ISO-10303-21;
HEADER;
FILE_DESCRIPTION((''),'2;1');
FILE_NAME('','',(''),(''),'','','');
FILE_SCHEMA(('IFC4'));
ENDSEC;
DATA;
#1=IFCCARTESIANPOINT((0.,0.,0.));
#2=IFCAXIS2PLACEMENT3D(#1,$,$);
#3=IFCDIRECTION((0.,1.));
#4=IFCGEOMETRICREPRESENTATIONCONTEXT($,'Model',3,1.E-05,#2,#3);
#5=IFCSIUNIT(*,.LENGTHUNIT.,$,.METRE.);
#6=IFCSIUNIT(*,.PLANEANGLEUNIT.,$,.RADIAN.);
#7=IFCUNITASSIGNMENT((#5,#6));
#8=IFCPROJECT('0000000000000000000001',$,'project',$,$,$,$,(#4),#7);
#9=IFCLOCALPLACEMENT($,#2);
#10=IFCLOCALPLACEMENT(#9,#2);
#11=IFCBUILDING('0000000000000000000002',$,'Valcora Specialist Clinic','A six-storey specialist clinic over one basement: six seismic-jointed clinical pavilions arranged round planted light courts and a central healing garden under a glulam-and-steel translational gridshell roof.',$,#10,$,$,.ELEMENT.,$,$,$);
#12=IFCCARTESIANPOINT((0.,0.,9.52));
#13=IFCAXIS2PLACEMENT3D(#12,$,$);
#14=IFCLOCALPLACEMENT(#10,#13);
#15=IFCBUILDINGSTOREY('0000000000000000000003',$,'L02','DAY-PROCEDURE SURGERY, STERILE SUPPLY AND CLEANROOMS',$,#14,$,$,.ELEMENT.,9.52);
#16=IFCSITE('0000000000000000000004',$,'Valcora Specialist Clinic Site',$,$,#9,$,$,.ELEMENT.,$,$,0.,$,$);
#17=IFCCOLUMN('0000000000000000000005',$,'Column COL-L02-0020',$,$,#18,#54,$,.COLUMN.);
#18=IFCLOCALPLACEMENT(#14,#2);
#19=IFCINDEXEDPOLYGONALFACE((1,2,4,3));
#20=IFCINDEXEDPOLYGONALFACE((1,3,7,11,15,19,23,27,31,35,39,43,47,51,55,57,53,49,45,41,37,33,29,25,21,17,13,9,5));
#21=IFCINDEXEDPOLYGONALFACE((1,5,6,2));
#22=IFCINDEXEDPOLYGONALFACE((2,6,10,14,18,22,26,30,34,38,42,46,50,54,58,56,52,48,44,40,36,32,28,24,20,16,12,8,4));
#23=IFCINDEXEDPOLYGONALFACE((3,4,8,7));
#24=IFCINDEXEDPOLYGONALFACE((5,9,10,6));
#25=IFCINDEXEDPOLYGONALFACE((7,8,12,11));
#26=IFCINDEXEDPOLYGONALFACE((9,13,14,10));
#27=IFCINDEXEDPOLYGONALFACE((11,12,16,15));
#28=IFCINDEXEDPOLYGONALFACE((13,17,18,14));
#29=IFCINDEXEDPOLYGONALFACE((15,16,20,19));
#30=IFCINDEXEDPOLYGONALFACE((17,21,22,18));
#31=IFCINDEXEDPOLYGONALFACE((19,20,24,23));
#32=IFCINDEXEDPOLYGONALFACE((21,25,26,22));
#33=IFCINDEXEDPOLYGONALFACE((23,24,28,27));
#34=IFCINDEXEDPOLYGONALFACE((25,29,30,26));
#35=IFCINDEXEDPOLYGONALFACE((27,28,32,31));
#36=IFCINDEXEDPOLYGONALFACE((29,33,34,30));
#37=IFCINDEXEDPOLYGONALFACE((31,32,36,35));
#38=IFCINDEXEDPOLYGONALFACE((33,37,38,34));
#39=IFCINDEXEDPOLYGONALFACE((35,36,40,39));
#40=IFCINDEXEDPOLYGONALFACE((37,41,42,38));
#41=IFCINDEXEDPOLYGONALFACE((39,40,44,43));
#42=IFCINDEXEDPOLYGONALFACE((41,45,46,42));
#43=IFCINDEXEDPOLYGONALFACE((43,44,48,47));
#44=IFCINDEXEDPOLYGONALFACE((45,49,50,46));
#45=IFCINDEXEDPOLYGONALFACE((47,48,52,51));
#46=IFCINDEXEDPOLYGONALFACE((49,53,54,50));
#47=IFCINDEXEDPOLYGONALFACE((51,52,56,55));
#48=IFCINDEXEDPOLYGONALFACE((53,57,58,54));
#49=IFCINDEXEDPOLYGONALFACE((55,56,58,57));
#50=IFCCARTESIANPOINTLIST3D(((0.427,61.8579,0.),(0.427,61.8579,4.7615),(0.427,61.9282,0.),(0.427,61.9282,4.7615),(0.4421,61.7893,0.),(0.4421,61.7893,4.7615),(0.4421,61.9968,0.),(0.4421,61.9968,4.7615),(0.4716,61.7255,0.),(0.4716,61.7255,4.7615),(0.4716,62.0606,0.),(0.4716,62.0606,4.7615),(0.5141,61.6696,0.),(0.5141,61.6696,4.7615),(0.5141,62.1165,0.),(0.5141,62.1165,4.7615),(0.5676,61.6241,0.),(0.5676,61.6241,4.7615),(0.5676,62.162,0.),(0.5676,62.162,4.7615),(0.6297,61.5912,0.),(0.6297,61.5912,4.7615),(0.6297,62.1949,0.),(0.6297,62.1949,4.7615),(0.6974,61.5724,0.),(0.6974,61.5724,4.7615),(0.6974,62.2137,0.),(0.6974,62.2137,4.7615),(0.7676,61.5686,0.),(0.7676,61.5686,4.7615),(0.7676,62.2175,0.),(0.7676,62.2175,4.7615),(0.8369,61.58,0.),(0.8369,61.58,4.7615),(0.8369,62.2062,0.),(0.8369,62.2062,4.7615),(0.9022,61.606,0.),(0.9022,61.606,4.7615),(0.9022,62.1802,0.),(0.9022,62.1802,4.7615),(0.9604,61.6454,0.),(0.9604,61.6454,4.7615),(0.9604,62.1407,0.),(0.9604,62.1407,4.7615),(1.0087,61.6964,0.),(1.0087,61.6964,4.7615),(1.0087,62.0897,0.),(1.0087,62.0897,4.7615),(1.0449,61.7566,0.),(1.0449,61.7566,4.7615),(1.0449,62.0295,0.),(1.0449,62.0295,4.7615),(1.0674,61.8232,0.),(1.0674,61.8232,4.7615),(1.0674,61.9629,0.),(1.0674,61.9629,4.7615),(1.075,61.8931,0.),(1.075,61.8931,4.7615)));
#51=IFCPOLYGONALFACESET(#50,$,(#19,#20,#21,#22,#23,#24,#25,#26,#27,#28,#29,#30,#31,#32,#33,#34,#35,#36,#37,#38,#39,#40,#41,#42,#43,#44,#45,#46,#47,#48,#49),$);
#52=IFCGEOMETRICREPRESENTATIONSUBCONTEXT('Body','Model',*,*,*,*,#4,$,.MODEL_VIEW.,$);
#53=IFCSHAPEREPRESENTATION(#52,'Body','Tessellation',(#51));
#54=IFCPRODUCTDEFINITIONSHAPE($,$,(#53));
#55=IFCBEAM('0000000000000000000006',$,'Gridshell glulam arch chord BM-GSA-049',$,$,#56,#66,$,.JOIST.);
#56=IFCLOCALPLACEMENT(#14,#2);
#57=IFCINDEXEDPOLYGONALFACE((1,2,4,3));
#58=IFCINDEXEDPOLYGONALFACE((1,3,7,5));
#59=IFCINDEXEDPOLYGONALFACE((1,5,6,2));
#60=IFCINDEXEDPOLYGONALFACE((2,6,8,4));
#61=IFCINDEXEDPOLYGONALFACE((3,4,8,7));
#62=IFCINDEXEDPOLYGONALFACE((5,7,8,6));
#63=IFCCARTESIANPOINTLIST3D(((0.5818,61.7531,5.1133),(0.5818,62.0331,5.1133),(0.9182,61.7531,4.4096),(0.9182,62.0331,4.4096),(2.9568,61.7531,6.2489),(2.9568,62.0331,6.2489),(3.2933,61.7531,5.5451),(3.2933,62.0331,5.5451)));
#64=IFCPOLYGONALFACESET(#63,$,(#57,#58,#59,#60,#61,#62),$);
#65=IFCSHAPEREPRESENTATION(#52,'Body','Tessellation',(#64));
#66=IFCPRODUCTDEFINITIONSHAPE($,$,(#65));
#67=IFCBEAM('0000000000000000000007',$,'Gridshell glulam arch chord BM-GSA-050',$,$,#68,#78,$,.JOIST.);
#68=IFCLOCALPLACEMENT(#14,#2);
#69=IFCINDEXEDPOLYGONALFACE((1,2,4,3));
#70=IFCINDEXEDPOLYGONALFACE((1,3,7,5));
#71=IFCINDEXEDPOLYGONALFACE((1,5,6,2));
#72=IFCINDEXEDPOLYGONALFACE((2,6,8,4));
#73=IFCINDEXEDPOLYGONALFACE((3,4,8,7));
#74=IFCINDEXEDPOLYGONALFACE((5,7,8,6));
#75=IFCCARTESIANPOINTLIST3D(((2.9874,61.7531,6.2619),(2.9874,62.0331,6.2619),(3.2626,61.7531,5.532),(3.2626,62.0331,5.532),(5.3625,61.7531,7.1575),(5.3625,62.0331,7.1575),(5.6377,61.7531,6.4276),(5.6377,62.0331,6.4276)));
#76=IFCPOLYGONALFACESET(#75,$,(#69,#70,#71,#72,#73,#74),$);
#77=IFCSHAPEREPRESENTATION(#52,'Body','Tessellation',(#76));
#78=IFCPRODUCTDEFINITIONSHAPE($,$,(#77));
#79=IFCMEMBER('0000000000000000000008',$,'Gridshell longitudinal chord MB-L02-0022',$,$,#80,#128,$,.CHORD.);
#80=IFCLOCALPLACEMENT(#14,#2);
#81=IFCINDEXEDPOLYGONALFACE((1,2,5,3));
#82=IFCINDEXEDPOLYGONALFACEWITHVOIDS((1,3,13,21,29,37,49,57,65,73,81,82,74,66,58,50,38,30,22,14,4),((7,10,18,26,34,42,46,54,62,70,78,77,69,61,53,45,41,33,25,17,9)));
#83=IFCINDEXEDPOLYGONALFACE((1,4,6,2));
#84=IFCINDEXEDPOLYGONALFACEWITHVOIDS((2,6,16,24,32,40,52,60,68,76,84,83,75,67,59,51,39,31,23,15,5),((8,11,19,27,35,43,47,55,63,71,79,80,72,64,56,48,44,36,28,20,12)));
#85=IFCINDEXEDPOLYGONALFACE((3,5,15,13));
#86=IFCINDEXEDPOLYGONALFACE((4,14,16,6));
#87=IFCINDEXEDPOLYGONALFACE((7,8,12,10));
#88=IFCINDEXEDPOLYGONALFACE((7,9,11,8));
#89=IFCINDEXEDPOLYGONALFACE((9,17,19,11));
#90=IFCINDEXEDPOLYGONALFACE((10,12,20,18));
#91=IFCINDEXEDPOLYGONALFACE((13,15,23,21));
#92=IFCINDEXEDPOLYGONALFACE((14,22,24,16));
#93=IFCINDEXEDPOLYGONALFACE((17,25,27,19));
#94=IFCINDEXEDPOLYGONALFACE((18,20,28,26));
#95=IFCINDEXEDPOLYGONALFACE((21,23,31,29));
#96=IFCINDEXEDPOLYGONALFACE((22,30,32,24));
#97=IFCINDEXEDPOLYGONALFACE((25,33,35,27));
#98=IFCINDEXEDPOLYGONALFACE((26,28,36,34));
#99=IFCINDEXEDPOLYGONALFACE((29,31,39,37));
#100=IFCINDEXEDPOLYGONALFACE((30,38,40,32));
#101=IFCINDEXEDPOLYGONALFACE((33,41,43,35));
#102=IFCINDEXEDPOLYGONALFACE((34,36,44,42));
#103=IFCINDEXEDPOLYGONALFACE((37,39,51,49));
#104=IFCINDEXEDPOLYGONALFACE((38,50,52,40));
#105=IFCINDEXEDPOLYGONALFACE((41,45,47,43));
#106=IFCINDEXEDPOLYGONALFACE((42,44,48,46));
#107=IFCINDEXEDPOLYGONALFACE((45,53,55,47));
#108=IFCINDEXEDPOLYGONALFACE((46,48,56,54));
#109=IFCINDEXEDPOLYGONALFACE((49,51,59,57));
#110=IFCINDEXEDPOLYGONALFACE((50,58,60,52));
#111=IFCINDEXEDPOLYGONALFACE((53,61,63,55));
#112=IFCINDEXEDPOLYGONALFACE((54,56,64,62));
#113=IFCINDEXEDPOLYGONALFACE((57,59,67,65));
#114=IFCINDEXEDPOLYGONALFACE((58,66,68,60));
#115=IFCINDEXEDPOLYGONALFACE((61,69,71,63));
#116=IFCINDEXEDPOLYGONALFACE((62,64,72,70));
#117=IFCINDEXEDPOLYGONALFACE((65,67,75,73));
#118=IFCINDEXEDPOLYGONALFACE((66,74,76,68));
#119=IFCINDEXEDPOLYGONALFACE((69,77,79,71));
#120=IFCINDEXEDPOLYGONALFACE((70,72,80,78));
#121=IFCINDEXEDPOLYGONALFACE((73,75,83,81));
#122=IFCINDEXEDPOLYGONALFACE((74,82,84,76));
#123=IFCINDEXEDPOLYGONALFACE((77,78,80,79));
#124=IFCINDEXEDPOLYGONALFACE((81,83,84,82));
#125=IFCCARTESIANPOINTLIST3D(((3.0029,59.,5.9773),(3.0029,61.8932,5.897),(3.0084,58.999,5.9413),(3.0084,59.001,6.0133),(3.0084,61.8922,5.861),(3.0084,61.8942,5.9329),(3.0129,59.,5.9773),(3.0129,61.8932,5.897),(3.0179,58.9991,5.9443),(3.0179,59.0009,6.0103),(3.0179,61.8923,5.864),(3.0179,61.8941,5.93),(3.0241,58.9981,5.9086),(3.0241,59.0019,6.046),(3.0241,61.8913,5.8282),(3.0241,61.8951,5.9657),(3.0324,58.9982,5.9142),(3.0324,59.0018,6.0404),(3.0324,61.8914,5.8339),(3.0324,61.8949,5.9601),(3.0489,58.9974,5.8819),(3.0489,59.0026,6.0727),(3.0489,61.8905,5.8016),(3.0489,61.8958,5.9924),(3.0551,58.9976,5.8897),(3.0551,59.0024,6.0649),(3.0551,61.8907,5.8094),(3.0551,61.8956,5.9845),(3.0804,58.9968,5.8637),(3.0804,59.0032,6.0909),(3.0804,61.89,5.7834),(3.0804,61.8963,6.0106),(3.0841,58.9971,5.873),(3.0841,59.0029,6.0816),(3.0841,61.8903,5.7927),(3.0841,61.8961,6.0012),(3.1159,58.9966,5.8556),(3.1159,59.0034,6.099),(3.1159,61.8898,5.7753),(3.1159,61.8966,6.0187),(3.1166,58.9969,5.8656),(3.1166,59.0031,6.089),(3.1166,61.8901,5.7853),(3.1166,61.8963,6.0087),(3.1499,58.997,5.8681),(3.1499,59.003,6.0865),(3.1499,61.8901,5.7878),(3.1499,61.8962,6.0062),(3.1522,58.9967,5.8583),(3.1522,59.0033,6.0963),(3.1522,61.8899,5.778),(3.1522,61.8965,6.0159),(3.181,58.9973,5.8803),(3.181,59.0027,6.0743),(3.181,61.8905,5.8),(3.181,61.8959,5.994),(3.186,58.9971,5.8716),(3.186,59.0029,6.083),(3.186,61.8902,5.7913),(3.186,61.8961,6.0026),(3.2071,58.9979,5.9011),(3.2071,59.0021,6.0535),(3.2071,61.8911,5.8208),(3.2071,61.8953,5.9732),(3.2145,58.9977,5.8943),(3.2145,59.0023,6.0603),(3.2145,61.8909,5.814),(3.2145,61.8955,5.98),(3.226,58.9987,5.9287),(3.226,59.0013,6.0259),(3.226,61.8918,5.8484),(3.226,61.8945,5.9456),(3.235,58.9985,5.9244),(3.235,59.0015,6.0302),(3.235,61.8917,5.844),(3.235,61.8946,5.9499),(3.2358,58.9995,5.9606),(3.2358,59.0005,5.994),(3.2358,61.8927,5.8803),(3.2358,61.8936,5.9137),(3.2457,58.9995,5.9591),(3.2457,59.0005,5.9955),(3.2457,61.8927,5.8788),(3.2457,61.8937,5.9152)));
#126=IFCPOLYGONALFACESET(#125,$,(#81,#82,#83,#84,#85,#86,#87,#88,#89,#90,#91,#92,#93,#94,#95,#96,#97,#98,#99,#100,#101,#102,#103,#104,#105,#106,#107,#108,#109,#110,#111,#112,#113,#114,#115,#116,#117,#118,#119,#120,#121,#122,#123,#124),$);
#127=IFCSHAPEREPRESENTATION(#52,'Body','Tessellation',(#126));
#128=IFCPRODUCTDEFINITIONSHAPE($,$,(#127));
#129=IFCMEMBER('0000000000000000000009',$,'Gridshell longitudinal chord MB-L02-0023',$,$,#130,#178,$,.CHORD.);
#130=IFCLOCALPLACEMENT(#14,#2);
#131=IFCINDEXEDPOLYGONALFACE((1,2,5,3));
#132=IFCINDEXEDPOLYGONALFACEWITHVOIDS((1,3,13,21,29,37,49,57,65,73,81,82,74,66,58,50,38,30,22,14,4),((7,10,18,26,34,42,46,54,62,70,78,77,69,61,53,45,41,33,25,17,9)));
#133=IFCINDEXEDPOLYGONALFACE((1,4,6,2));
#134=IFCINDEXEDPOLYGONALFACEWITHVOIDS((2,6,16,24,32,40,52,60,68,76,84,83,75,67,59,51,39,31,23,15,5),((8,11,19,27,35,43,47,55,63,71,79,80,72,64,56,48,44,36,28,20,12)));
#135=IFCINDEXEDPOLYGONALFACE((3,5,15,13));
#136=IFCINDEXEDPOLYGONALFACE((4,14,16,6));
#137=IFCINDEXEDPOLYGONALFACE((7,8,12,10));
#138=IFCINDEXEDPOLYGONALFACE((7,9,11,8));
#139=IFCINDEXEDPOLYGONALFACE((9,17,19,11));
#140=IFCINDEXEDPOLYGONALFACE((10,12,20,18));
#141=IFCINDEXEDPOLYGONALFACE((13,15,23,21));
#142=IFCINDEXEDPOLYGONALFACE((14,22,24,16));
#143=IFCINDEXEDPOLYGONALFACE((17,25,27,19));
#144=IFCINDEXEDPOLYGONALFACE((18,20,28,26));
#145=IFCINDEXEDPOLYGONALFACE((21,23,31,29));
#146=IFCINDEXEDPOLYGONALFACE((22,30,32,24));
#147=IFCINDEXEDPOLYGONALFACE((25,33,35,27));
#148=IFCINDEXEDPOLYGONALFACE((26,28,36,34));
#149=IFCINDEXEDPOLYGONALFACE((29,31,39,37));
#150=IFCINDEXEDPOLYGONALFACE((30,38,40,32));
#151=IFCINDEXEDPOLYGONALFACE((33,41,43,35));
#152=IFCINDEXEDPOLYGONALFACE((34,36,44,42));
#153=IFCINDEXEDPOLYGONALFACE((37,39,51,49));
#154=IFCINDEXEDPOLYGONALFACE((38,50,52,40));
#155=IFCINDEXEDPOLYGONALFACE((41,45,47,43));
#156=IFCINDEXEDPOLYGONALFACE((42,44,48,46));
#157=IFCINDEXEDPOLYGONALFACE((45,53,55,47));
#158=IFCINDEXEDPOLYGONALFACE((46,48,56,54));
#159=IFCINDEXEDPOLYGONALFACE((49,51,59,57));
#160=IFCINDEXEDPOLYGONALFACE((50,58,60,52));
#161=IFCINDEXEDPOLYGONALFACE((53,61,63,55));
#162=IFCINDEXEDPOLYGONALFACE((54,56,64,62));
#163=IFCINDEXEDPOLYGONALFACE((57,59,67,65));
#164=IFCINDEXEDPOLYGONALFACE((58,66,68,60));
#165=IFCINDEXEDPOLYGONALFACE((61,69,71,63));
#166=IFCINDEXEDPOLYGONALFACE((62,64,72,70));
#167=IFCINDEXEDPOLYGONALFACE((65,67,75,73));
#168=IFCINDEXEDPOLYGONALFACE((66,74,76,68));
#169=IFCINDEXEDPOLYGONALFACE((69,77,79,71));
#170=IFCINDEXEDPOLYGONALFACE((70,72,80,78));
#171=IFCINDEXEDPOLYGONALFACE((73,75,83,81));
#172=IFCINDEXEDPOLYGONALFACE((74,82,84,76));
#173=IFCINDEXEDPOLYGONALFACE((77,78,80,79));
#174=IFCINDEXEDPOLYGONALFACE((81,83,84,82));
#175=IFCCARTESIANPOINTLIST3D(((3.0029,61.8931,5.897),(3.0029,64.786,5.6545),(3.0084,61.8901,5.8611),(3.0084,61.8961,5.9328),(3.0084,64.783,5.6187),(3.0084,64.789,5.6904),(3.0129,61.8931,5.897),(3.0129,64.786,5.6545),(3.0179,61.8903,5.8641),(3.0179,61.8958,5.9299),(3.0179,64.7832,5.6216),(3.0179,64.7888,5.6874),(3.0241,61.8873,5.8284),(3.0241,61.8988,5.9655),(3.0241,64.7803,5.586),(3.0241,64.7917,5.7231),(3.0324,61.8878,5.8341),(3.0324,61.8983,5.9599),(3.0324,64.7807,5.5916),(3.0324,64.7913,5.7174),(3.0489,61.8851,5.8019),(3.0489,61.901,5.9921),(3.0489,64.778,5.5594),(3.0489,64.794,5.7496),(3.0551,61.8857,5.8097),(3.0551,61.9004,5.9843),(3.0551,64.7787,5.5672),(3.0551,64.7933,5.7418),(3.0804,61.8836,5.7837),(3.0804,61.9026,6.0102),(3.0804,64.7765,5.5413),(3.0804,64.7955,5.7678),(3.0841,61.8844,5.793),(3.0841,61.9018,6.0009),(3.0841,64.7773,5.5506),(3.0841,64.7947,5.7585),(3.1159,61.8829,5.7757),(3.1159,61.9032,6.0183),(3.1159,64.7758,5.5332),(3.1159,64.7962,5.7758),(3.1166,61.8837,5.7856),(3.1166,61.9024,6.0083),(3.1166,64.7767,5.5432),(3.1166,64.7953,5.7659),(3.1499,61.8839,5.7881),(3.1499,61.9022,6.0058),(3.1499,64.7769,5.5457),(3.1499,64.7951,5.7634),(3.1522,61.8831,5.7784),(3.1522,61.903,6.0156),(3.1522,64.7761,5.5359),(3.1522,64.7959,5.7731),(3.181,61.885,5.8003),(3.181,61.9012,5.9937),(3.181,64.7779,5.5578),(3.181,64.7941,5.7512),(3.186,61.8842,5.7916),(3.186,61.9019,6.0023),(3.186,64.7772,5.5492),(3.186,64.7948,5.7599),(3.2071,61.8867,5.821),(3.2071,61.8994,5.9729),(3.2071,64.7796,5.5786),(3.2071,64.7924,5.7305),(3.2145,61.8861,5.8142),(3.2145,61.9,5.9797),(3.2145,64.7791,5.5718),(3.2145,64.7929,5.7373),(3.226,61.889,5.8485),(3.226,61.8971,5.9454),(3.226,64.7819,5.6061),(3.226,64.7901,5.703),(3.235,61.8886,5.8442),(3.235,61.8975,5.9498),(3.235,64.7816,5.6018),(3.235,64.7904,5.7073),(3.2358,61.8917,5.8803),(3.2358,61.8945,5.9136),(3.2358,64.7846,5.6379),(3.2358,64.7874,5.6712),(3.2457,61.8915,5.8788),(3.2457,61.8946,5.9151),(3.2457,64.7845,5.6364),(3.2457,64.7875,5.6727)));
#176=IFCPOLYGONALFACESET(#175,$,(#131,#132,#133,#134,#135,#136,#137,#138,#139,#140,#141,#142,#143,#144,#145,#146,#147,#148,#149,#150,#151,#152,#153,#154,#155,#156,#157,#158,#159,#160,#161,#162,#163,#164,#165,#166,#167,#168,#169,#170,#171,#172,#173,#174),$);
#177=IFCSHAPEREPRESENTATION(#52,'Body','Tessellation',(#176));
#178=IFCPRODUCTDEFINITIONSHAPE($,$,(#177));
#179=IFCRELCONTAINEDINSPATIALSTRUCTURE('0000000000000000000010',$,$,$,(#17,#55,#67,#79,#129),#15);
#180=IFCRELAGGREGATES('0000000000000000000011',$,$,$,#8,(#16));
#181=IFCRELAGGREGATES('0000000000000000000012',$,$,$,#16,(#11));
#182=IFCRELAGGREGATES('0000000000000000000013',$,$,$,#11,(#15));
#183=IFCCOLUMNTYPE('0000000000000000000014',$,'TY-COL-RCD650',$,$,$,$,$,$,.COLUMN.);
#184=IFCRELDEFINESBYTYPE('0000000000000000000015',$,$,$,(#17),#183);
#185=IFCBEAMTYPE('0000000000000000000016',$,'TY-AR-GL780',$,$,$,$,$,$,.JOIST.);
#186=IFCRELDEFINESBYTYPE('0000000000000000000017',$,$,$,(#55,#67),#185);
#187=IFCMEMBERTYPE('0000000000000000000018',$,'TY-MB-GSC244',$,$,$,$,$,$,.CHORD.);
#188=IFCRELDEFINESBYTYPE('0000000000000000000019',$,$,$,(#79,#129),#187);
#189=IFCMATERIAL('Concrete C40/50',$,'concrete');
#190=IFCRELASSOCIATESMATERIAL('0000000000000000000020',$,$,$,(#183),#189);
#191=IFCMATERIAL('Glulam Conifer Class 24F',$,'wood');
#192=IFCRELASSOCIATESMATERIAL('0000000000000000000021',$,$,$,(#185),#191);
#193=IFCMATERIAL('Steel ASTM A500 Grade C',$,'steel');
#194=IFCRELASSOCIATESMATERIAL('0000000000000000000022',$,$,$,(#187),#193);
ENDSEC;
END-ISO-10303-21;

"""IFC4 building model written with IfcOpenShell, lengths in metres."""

from ifc_helpers import new_model, si_unit, direction, frame, origin, origin_2d, place, context, subcontext, project, spatial, rectangle, circle, hollow_circle, extrude, material, material_profile, profile_set, type_object, element, save


model = new_model("IFC4")

# Units and contexts
model_context = context("Model", 3, precision=1e-05, world=origin(), true_north=direction((0.0, 1.0)))
body_context = subcontext(model_context, "Body", "Model", "MODEL_VIEW")
ifc_project = project(units=[si_unit("LENGTHUNIT", "METRE"), si_unit("PLANEANGLEUNIT", "RADIAN")], contexts=[model_context])

# Site, building, storey
site_placement = place(None, origin())
site = spatial("IfcSite", under=ifc_project, at=site_placement, Name="Valcora Specialist Clinic Site", CompositionType="ELEMENT", RefElevation=0.0)
building_placement = place(site_placement, origin())
building = spatial("IfcBuilding", under=site, at=building_placement, Name="Valcora Specialist Clinic", Description="A six-storey specialist clinic over one basement: six seismic-jointed clinical pavilions arranged round planted light courts and a central healing garden under a glulam-and-steel translational gridshell roof.", CompositionType="ELEMENT")
storey_placement = place(building_placement, frame((0.0, 0.0, 9.52)))
storey = spatial("IfcBuildingStorey", under=building, at=storey_placement, Name="L02", Description="DAY-PROCEDURE SURGERY, STERILE SUPPLY AND CLEANROOMS", CompositionType="ELEMENT", Elevation=9.52)

# Column
ifc_material_1 = material(Name="Concrete C40/50", Category="concrete")
ifc_material_profile_1 = material_profile(ifc_material_1, circle(Radius=0.325, at=origin_2d()), Name="RC-COL-D650")
ifc_profile_set_1 = profile_set([ifc_material_profile_1], Name="Concrete C40/50")
column_type = type_object("IfcColumnType", Name="TY-COL-RCD650", PredefinedType="COLUMN", material=ifc_profile_set_1)
column_placement = place(storey_placement, frame((0.75, 61.8931, 0.0), z_axis=(0.0, 0.0, 1.0), x_axis=(1.0, 0.0, 0.0)))
element("IfcColumn", 1, at=column_placement, inside=storey, type_object=column_type, Name="Column COL-L02-0020", PredefinedType="COLUMN", context=body_context, shape_type="SweptSolid", body=[
    extrude(circle(Radius=0.325, at=origin_2d()), origin(), (0.0, 0.0, 1.0), 4.7615),
])

# Beams
ifc_material_2 = material(Name="Glulam Conifer Class 24F", Category="wood")
ifc_material_profile_2 = material_profile(ifc_material_2, rectangle(XDim=0.28, YDim=0.78, at=origin_2d()), Name="GL-ARC-280X780")
ifc_profile_set_2 = profile_set([ifc_material_profile_2], Name="Glulam Conifer Class 24F")
beam_type = type_object("IfcBeamType", Name="TY-AR-GL780", PredefinedType="JOIST", material=ifc_profile_set_2)
beam_1_placement = place(storey_placement, frame((0.75, 61.8931, 4.7615), z_axis=(0.902189, 0.0, 0.431341), x_axis=(0.0, 1.0, 0.0)))
element("IfcBeam", 2, at=beam_1_placement, inside=storey, type_object=beam_type, Name="Gridshell glulam arch chord BM-GSA-049", PredefinedType="JOIST", context=body_context, shape_type="SweptSolid", body=[
    extrude(rectangle(XDim=0.28, YDim=0.78, at=origin_2d()), origin(), (0.0, 0.0, 1.0), 2.6326),
])
beam_2_placement = place(storey_placement, frame((3.125, 61.8931, 5.897), z_axis=(0.935695, 0.0, 0.352809), x_axis=(0.0, 1.0, 0.0)))
element("IfcBeam", 3, at=beam_2_placement, inside=storey, type_object=beam_type, Name="Gridshell glulam arch chord BM-GSA-050", PredefinedType="JOIST", context=body_context, shape_type="SweptSolid", body=[
    extrude(rectangle(XDim=0.28, YDim=0.78, at=origin_2d()), origin(), (0.0, 0.0, 1.0), 2.5383),
])

# Members
ifc_material_3 = material(Name="Steel ASTM A500 Grade C", Category="steel")
ifc_material_profile_3 = material_profile(ifc_material_3, hollow_circle(Radius=0.1221, WallThickness=0.01, at=origin_2d()), Name="ST-CHS-244X10")
ifc_profile_set_3 = profile_set([ifc_material_profile_3], Name="Steel ASTM A500 Grade C")
member_type_1 = type_object("IfcMemberType", Name="TY-MB-GSC244", PredefinedType="CHORD", material=ifc_profile_set_3)
member_1_placement = place(storey_placement, frame((3.125, 59.0, 5.9773), z_axis=(0.0, 0.999615, -0.027753), x_axis=(-1.0, 0.0, 0.0)))
element("IfcMember", 4, at=member_1_placement, inside=storey, type_object=member_type_1, Name="Gridshell longitudinal chord MB-L02-0022", PredefinedType="CHORD", context=body_context, shape_type="SweptSolid", body=[
    extrude(hollow_circle(Radius=0.1221, WallThickness=0.01, at=origin_2d()), origin(), (0.0, 0.0, 1.0), 2.8943),
])
member_2_placement = place(storey_placement, frame((3.125, 61.8931, 5.897), z_axis=(0.0, 0.996507, -0.083512), x_axis=(-1.0, 0.0, 0.0)))
element("IfcMember", 5, at=member_2_placement, inside=storey, type_object=member_type_1, Name="Gridshell longitudinal chord MB-L02-0023", PredefinedType="CHORD", context=body_context, shape_type="SweptSolid", body=[
    extrude(hollow_circle(Radius=0.1221, WallThickness=0.01, at=origin_2d()), origin(), (0.0, 0.0, 1.0), 2.9031),
])

save(model, "model.ifc")
